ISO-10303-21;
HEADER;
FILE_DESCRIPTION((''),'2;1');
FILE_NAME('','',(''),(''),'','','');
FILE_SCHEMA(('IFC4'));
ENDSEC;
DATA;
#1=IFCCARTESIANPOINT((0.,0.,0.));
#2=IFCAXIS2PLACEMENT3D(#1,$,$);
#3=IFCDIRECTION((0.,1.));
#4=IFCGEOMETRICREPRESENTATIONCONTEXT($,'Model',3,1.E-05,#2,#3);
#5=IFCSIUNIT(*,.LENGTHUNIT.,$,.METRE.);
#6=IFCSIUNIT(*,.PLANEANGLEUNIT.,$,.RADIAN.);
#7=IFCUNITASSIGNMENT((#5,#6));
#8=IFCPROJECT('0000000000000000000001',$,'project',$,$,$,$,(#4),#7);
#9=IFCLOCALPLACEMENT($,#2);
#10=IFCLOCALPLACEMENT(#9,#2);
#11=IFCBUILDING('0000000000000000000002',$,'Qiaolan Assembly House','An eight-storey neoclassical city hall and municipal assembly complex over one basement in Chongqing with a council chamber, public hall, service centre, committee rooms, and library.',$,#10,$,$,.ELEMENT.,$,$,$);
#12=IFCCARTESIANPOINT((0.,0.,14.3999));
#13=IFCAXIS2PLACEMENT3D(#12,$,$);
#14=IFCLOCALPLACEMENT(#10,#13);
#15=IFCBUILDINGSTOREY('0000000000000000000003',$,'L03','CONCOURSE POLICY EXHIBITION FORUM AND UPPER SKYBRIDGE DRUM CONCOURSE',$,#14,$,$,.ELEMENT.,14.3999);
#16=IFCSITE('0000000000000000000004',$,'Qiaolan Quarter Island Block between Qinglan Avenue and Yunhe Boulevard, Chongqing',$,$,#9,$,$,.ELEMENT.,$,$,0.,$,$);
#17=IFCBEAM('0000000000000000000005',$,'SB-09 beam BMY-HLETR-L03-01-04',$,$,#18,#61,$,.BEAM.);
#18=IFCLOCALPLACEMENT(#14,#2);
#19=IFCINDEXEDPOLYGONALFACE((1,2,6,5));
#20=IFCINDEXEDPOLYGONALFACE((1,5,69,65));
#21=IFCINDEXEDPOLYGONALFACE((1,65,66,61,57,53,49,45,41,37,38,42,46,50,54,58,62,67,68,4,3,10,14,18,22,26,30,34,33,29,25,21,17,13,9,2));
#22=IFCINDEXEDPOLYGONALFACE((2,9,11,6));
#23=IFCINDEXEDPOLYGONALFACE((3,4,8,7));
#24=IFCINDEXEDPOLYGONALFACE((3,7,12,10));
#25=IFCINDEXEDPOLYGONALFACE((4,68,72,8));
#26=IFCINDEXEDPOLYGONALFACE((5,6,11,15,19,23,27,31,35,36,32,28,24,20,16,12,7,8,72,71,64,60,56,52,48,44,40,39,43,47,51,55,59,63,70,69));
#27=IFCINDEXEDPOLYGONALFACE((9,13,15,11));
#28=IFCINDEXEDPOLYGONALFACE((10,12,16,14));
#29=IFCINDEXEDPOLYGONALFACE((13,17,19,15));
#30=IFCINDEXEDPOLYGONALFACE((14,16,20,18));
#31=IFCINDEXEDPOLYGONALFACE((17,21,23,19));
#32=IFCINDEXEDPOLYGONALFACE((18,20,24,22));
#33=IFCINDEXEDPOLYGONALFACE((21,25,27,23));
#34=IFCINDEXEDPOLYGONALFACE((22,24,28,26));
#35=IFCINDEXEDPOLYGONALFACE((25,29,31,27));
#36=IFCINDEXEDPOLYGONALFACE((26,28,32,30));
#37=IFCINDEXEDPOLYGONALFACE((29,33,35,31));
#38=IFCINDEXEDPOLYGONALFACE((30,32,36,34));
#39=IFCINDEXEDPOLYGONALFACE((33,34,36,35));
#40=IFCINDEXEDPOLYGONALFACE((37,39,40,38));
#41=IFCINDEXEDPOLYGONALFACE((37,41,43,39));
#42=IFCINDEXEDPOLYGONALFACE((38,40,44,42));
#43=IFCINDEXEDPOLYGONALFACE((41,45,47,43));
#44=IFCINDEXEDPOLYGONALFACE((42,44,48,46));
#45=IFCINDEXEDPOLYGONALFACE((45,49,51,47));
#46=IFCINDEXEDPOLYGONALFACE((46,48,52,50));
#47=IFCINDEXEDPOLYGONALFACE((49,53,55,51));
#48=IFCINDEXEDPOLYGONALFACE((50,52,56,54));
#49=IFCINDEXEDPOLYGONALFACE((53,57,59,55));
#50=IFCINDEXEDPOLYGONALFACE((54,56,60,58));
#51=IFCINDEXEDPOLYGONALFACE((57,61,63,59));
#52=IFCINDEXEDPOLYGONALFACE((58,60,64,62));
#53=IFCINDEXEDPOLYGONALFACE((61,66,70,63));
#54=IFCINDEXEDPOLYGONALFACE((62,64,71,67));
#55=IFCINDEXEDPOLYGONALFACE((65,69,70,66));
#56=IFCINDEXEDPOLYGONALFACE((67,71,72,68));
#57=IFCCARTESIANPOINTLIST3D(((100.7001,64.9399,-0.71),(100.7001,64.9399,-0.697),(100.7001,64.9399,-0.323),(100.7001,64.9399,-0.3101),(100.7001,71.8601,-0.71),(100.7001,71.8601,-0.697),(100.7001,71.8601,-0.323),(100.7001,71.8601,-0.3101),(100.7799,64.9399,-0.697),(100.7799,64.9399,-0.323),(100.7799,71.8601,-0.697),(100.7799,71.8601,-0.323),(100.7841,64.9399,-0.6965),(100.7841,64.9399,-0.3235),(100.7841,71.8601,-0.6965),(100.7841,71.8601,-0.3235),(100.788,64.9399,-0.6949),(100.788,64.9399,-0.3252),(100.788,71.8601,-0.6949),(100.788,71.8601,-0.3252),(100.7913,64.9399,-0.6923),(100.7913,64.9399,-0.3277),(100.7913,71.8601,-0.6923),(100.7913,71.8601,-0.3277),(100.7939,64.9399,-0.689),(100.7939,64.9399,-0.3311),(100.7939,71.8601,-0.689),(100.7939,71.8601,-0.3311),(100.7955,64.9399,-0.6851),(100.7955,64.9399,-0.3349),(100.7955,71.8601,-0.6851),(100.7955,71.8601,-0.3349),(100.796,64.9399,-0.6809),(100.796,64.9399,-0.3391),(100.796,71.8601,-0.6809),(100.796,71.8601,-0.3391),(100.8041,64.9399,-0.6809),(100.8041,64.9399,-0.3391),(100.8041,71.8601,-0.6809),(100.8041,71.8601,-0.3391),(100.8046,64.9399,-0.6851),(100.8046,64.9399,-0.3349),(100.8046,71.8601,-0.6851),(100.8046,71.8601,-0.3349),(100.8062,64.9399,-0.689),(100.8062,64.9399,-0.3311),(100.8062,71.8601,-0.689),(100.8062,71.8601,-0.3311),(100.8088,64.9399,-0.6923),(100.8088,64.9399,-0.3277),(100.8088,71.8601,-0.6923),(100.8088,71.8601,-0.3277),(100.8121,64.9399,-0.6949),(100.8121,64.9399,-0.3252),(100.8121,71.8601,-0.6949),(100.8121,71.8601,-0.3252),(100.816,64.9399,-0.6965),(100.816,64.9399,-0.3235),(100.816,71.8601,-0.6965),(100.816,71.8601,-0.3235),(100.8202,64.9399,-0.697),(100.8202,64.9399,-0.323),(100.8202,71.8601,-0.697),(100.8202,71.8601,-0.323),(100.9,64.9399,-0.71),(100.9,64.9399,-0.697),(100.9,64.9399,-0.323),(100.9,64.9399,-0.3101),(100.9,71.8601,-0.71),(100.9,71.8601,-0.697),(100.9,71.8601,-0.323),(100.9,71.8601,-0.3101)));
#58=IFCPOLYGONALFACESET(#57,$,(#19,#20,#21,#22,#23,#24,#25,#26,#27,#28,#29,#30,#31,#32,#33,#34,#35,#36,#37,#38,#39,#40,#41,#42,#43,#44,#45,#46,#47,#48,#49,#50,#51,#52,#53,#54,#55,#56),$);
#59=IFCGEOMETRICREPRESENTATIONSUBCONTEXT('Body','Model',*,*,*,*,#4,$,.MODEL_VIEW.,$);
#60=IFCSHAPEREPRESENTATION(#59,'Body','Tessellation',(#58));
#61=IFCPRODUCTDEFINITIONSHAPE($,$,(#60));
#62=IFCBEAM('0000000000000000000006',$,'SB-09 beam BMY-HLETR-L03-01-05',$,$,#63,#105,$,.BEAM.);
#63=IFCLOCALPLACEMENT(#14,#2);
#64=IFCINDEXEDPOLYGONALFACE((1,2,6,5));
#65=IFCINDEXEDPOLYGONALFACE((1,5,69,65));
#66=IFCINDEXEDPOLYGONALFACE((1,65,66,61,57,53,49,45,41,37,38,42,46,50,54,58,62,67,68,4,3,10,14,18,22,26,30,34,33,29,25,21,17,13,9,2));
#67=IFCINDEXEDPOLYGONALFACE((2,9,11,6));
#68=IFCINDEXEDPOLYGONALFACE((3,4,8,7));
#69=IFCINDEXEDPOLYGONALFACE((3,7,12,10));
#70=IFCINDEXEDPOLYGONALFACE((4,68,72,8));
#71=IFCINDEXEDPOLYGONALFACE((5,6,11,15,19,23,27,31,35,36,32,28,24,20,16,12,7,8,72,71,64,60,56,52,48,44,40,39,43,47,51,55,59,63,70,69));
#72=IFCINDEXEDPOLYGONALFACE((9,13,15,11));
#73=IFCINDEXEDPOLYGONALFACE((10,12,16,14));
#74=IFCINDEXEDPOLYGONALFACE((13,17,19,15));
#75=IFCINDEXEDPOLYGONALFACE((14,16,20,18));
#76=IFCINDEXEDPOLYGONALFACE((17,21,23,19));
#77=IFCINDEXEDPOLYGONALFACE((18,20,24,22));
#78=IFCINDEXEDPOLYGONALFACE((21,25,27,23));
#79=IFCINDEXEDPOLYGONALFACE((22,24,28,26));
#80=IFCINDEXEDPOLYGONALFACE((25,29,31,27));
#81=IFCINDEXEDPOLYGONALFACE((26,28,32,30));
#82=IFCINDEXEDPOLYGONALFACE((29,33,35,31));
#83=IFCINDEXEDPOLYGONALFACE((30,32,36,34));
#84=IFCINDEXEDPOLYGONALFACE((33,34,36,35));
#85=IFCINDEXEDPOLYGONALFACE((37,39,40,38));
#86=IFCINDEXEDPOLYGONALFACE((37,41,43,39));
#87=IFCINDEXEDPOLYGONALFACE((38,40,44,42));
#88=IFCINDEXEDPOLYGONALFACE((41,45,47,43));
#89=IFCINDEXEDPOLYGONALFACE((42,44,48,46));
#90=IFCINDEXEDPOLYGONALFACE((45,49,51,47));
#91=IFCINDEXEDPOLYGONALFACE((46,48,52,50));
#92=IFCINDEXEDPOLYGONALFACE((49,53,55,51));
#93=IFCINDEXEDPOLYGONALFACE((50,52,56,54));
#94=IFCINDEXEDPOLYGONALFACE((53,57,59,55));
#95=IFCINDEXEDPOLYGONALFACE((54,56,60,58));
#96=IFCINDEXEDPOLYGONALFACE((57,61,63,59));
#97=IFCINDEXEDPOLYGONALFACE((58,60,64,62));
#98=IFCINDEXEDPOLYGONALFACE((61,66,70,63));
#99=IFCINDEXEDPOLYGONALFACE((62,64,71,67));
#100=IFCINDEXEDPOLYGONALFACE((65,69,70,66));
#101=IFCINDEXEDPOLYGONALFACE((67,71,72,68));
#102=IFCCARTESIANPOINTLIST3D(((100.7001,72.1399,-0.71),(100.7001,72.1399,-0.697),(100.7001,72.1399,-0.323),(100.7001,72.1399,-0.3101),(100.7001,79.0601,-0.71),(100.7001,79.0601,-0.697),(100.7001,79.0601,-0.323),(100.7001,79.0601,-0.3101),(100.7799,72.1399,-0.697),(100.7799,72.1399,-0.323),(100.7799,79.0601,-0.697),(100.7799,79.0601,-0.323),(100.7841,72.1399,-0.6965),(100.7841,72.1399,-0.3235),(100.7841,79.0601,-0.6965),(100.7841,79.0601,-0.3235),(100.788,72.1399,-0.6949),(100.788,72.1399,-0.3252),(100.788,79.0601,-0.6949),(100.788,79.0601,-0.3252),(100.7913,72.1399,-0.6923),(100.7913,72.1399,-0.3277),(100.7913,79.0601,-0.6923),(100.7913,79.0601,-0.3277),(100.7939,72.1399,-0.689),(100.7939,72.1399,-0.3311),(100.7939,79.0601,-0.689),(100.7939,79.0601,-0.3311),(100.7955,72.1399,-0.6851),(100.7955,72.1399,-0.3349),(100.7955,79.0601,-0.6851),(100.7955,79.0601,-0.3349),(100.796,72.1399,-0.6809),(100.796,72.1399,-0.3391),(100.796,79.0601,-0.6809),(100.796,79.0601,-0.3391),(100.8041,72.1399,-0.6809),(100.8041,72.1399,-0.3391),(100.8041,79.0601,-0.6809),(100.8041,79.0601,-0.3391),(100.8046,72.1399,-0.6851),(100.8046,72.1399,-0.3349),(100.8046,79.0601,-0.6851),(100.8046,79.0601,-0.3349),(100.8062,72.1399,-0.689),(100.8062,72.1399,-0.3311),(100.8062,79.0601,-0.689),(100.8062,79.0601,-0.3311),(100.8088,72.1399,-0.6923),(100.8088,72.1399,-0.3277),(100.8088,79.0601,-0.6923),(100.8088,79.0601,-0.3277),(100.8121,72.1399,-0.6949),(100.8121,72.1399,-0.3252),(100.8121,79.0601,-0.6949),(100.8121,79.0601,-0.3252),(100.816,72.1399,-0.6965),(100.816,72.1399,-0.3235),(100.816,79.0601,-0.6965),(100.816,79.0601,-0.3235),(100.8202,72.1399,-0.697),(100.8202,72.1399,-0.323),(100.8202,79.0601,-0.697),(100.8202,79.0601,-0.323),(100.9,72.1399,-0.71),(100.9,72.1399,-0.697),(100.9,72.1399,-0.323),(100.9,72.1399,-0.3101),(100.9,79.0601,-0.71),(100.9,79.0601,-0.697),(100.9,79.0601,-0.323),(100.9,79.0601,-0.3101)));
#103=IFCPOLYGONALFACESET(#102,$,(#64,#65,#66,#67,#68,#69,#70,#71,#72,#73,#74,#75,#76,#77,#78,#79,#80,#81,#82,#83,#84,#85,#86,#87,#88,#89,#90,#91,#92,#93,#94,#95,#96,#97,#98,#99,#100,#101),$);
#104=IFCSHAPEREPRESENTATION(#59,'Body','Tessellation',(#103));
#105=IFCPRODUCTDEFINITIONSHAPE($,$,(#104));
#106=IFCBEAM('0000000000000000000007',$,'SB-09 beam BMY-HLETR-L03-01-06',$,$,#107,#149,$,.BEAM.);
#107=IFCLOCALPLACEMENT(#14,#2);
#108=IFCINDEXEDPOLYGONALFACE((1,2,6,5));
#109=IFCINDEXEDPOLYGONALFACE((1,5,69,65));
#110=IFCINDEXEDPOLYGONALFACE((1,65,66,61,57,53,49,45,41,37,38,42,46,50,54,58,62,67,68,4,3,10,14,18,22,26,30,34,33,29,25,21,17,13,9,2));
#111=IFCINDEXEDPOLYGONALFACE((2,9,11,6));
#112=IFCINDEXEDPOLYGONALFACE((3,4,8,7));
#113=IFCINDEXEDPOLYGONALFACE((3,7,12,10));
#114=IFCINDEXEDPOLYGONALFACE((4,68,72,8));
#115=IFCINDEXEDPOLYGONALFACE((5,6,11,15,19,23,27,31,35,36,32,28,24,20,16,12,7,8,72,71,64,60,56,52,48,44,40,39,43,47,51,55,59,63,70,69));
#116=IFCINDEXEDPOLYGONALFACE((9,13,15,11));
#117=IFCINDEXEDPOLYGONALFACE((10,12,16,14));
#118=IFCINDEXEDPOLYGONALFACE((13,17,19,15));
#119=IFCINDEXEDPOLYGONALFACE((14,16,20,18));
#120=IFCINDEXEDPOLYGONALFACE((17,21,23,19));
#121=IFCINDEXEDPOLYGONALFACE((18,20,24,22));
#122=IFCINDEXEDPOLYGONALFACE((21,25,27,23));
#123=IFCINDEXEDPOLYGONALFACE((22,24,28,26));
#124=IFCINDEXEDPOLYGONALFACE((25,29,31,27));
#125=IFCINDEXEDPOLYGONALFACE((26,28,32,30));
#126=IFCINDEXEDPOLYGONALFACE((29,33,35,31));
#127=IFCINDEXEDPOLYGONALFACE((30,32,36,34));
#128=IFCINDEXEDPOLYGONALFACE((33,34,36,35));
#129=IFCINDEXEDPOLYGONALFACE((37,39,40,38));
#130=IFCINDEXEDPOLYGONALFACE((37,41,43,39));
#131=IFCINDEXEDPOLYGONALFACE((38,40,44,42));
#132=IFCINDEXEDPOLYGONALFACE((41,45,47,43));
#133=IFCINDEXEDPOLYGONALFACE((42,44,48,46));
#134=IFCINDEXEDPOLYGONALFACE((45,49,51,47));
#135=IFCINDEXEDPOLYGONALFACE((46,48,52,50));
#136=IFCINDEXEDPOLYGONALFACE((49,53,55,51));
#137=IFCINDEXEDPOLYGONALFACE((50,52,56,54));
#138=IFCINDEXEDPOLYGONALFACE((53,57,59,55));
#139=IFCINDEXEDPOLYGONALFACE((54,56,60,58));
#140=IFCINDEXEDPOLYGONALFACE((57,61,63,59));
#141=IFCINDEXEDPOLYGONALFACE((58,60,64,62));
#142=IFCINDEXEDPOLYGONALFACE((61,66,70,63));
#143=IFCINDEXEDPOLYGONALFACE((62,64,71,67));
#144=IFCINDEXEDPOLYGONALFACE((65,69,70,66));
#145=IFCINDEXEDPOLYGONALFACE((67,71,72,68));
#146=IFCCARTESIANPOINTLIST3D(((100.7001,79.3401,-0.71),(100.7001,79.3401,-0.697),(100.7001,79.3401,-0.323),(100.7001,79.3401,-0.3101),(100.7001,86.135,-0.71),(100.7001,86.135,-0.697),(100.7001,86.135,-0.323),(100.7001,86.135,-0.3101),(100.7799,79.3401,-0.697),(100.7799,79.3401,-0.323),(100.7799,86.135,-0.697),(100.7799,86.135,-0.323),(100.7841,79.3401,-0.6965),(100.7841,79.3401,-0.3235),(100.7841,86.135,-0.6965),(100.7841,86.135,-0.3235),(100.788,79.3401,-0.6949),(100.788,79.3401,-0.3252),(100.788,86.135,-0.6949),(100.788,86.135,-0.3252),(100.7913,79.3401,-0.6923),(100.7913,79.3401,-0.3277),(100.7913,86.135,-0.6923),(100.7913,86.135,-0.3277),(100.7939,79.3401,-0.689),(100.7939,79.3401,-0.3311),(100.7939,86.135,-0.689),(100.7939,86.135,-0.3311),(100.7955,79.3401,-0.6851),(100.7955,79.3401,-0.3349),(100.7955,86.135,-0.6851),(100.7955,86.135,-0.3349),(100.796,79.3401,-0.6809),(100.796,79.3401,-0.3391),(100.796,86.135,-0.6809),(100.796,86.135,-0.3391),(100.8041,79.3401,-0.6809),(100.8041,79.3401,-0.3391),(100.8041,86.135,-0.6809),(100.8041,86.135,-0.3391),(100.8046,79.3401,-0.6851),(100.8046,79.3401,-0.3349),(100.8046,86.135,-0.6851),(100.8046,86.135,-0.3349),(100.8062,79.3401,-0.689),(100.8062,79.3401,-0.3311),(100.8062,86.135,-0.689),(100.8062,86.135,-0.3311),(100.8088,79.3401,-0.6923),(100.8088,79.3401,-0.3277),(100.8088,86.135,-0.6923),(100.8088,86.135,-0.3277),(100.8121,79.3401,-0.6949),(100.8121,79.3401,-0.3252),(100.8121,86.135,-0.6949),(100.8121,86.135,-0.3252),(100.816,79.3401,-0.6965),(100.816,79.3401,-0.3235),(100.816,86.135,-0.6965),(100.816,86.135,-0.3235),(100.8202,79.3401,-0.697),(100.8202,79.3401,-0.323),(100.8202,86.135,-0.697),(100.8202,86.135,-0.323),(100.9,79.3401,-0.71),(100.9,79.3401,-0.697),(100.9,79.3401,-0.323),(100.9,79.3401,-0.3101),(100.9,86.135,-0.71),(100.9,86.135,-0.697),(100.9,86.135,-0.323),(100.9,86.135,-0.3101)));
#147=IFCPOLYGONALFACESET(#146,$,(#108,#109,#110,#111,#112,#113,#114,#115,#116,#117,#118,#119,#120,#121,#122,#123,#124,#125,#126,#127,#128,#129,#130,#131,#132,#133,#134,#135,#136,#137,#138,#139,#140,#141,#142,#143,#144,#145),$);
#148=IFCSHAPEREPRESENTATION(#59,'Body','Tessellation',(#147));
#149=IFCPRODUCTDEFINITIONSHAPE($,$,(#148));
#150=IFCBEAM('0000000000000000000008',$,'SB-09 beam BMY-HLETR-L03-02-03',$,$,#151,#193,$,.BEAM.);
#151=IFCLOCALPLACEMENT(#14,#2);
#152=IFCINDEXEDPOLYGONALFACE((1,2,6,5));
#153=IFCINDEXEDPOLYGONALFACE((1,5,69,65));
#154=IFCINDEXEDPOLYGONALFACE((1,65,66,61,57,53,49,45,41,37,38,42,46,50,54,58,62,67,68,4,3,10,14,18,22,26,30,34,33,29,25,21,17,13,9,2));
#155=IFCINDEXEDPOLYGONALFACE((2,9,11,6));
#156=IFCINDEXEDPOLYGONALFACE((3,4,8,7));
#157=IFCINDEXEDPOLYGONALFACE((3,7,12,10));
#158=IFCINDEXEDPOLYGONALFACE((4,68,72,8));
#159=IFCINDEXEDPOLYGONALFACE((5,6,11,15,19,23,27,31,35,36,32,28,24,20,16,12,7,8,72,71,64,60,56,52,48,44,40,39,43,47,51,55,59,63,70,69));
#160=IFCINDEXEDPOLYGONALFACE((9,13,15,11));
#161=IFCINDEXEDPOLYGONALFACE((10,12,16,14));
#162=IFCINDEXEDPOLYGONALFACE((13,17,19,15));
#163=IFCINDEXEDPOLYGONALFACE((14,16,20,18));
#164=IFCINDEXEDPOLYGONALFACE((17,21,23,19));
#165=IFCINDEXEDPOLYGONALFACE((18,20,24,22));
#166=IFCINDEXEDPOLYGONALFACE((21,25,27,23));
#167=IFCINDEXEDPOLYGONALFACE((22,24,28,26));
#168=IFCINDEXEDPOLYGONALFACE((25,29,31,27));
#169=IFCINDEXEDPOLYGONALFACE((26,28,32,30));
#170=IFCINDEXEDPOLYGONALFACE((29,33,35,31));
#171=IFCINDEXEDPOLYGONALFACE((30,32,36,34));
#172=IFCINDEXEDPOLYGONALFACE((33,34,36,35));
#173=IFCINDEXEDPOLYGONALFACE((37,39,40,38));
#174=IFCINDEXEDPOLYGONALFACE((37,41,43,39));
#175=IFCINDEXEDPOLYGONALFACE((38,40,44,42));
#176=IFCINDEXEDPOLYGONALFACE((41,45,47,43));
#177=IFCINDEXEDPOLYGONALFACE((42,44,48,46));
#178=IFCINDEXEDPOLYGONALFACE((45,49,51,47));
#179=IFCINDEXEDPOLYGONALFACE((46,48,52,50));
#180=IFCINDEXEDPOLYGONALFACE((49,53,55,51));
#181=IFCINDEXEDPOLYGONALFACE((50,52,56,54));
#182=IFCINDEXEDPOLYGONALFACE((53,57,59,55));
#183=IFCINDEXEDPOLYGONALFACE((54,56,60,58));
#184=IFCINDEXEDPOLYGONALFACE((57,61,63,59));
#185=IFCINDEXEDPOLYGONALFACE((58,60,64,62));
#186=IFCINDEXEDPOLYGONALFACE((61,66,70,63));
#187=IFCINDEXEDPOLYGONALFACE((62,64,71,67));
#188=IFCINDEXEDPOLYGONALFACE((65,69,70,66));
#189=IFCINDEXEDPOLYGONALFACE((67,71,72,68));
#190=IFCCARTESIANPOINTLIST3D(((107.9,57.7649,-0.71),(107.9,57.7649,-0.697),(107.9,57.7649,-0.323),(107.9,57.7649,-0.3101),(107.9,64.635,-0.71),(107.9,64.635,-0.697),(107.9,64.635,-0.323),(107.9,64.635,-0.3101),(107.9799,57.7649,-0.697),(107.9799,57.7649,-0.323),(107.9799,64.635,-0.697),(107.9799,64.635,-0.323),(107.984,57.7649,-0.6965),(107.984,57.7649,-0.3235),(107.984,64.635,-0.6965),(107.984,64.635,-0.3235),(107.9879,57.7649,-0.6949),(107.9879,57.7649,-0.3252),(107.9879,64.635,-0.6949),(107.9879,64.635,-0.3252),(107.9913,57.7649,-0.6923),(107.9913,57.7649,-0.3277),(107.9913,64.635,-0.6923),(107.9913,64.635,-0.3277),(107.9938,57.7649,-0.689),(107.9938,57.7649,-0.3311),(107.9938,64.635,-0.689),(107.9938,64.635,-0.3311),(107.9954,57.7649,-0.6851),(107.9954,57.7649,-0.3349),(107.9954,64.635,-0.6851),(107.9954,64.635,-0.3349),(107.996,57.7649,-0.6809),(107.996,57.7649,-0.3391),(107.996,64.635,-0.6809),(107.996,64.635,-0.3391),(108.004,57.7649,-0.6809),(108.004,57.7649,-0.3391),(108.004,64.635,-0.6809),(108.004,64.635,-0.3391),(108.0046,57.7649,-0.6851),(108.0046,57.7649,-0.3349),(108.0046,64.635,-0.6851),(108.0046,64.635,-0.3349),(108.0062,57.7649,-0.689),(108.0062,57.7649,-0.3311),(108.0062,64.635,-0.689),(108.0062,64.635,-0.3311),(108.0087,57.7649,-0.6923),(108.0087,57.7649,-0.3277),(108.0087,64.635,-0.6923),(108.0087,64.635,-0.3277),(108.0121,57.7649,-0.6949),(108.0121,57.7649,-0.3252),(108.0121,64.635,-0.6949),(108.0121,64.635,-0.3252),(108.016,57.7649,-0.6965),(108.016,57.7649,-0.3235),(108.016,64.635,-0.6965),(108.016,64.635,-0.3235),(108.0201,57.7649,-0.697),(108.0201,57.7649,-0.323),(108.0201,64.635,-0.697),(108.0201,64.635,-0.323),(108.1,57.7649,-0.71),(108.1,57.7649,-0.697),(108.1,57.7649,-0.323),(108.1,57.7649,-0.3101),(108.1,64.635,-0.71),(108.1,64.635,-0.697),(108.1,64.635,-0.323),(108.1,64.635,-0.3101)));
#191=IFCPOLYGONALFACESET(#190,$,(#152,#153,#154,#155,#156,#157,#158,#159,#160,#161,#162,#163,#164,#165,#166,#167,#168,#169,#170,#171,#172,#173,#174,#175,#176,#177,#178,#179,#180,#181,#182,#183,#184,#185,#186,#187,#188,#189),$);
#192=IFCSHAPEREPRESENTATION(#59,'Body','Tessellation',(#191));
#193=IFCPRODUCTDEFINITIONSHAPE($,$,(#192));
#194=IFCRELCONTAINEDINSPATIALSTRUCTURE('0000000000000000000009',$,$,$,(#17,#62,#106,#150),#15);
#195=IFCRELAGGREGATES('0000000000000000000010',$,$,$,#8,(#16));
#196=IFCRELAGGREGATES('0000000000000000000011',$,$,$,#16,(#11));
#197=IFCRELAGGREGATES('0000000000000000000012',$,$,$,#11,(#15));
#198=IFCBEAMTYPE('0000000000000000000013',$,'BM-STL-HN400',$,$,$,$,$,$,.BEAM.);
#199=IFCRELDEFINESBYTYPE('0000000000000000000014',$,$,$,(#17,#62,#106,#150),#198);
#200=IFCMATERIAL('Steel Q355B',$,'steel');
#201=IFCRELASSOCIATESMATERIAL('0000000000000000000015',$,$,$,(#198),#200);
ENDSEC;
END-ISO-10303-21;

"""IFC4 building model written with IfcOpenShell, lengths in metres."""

from ifc_helpers import new_model, si_unit, direction, frame, origin, origin_2d, place, context, subcontext, project, spatial, i_section, extrude, material, material_profile, profile_set, type_object, element, save


model = new_model("IFC4")

# Units and contexts
model_context = context("Model", 3, precision=1e-05, world=origin(), true_north=direction((0.0, 1.0)))
body_context = subcontext(model_context, "Body", "Model", "MODEL_VIEW")
ifc_project = project(units=[si_unit("LENGTHUNIT", "METRE"), si_unit("PLANEANGLEUNIT", "RADIAN")], contexts=[model_context])

# Site, building, storey
site_placement = place(None, origin())
site = spatial("IfcSite", under=ifc_project, at=site_placement, Name="Qiaolan Quarter Island Block between Qinglan Avenue and Yunhe Boulevard, Chongqing", CompositionType="ELEMENT", RefElevation=0.0)
building_placement = place(site_placement, origin())
building = spatial("IfcBuilding", under=site, at=building_placement, Name="Qiaolan Assembly House", Description="An eight-storey neoclassical city hall and municipal assembly complex over one basement in Chongqing with a council chamber, public hall, service centre, committee rooms, and library.", CompositionType="ELEMENT")
storey_placement = place(building_placement, frame((0.0, 0.0, 14.3999)))
storey = spatial("IfcBuildingStorey", under=building, at=storey_placement, Name="L03", Description="CONCOURSE POLICY EXHIBITION FORUM AND UPPER SKYBRIDGE DRUM CONCOURSE", CompositionType="ELEMENT", Elevation=14.3999)

# Shared definitions
ifc_material_1 = material(Name="Steel Q355B", Category="steel")

# Beams
ifc_material_profile_1 = material_profile(ifc_material_1, i_section(OverallWidth=0.2, OverallDepth=0.3999, WebThickness=0.0081, FlangeThickness=0.0129, FilletRadius=0.0161, at=origin_2d()), Name="HN 400x200x8x13")
ifc_profile_set_1 = profile_set([ifc_material_profile_1], Name="Steel Q355B")
beam_type_1 = type_object("IfcBeamType", Name="BM-STL-HN400", PredefinedType="BEAM", material=ifc_profile_set_1)
for number, where, z_axis, x_axis, name in (
    (1, (100.8, 64.9399, -0.51), (0.0, 1.0, 0.0), (-1.0, 0.0, 0.0), "SB-09 beam BMY-HLETR-L03-01-04"),
    (2, (100.8, 72.1399, -0.51), (0.0, 1.0, 0.0), (-1.0, 0.0, 0.0), "SB-09 beam BMY-HLETR-L03-01-05"),
):
    element("IfcBeam", number, at=place(storey_placement, frame(where, z_axis=z_axis, x_axis=x_axis)), inside=storey, type_object=beam_type_1, Name=name, PredefinedType="BEAM", context=body_context, shape_type="SweptSolid", body=[
        extrude(i_section(OverallWidth=0.2, OverallDepth=0.3999, WebThickness=0.0081, FlangeThickness=0.0129, FilletRadius=0.0161, at=origin_2d()), origin(), (0.0, 0.0, 1.0), 6.9202),
    ])
beam_1_placement = place(storey_placement, frame((100.8, 79.3401, -0.51), z_axis=(0.0, 1.0, 0.0), x_axis=(-1.0, 0.0, 0.0)))
element("IfcBeam", 3, at=beam_1_placement, inside=storey, type_object=beam_type_1, Name="SB-09 beam BMY-HLETR-L03-01-06", PredefinedType="BEAM", context=body_context, shape_type="SweptSolid", body=[
    extrude(i_section(OverallWidth=0.2, OverallDepth=0.3999, WebThickness=0.0081, FlangeThickness=0.0129, FilletRadius=0.0161, at=origin_2d()), origin(), (0.0, 0.0, 1.0), 6.7949),
])
beam_2_placement = place(storey_placement, frame((108.0, 57.7649, -0.51), z_axis=(0.0, 1.0, 0.0), x_axis=(-1.0, 0.0, 0.0)))
element("IfcBeam", 4, at=beam_2_placement, inside=storey, type_object=beam_type_1, Name="SB-09 beam BMY-HLETR-L03-02-03", PredefinedType="BEAM", context=body_context, shape_type="SweptSolid", body=[
    extrude(i_section(OverallWidth=0.2, OverallDepth=0.3999, WebThickness=0.0081, FlangeThickness=0.0129, FilletRadius=0.0161, at=origin_2d()), origin(), (0.0, 0.0, 1.0), 6.8701),
])

save(model, "model.ifc")
